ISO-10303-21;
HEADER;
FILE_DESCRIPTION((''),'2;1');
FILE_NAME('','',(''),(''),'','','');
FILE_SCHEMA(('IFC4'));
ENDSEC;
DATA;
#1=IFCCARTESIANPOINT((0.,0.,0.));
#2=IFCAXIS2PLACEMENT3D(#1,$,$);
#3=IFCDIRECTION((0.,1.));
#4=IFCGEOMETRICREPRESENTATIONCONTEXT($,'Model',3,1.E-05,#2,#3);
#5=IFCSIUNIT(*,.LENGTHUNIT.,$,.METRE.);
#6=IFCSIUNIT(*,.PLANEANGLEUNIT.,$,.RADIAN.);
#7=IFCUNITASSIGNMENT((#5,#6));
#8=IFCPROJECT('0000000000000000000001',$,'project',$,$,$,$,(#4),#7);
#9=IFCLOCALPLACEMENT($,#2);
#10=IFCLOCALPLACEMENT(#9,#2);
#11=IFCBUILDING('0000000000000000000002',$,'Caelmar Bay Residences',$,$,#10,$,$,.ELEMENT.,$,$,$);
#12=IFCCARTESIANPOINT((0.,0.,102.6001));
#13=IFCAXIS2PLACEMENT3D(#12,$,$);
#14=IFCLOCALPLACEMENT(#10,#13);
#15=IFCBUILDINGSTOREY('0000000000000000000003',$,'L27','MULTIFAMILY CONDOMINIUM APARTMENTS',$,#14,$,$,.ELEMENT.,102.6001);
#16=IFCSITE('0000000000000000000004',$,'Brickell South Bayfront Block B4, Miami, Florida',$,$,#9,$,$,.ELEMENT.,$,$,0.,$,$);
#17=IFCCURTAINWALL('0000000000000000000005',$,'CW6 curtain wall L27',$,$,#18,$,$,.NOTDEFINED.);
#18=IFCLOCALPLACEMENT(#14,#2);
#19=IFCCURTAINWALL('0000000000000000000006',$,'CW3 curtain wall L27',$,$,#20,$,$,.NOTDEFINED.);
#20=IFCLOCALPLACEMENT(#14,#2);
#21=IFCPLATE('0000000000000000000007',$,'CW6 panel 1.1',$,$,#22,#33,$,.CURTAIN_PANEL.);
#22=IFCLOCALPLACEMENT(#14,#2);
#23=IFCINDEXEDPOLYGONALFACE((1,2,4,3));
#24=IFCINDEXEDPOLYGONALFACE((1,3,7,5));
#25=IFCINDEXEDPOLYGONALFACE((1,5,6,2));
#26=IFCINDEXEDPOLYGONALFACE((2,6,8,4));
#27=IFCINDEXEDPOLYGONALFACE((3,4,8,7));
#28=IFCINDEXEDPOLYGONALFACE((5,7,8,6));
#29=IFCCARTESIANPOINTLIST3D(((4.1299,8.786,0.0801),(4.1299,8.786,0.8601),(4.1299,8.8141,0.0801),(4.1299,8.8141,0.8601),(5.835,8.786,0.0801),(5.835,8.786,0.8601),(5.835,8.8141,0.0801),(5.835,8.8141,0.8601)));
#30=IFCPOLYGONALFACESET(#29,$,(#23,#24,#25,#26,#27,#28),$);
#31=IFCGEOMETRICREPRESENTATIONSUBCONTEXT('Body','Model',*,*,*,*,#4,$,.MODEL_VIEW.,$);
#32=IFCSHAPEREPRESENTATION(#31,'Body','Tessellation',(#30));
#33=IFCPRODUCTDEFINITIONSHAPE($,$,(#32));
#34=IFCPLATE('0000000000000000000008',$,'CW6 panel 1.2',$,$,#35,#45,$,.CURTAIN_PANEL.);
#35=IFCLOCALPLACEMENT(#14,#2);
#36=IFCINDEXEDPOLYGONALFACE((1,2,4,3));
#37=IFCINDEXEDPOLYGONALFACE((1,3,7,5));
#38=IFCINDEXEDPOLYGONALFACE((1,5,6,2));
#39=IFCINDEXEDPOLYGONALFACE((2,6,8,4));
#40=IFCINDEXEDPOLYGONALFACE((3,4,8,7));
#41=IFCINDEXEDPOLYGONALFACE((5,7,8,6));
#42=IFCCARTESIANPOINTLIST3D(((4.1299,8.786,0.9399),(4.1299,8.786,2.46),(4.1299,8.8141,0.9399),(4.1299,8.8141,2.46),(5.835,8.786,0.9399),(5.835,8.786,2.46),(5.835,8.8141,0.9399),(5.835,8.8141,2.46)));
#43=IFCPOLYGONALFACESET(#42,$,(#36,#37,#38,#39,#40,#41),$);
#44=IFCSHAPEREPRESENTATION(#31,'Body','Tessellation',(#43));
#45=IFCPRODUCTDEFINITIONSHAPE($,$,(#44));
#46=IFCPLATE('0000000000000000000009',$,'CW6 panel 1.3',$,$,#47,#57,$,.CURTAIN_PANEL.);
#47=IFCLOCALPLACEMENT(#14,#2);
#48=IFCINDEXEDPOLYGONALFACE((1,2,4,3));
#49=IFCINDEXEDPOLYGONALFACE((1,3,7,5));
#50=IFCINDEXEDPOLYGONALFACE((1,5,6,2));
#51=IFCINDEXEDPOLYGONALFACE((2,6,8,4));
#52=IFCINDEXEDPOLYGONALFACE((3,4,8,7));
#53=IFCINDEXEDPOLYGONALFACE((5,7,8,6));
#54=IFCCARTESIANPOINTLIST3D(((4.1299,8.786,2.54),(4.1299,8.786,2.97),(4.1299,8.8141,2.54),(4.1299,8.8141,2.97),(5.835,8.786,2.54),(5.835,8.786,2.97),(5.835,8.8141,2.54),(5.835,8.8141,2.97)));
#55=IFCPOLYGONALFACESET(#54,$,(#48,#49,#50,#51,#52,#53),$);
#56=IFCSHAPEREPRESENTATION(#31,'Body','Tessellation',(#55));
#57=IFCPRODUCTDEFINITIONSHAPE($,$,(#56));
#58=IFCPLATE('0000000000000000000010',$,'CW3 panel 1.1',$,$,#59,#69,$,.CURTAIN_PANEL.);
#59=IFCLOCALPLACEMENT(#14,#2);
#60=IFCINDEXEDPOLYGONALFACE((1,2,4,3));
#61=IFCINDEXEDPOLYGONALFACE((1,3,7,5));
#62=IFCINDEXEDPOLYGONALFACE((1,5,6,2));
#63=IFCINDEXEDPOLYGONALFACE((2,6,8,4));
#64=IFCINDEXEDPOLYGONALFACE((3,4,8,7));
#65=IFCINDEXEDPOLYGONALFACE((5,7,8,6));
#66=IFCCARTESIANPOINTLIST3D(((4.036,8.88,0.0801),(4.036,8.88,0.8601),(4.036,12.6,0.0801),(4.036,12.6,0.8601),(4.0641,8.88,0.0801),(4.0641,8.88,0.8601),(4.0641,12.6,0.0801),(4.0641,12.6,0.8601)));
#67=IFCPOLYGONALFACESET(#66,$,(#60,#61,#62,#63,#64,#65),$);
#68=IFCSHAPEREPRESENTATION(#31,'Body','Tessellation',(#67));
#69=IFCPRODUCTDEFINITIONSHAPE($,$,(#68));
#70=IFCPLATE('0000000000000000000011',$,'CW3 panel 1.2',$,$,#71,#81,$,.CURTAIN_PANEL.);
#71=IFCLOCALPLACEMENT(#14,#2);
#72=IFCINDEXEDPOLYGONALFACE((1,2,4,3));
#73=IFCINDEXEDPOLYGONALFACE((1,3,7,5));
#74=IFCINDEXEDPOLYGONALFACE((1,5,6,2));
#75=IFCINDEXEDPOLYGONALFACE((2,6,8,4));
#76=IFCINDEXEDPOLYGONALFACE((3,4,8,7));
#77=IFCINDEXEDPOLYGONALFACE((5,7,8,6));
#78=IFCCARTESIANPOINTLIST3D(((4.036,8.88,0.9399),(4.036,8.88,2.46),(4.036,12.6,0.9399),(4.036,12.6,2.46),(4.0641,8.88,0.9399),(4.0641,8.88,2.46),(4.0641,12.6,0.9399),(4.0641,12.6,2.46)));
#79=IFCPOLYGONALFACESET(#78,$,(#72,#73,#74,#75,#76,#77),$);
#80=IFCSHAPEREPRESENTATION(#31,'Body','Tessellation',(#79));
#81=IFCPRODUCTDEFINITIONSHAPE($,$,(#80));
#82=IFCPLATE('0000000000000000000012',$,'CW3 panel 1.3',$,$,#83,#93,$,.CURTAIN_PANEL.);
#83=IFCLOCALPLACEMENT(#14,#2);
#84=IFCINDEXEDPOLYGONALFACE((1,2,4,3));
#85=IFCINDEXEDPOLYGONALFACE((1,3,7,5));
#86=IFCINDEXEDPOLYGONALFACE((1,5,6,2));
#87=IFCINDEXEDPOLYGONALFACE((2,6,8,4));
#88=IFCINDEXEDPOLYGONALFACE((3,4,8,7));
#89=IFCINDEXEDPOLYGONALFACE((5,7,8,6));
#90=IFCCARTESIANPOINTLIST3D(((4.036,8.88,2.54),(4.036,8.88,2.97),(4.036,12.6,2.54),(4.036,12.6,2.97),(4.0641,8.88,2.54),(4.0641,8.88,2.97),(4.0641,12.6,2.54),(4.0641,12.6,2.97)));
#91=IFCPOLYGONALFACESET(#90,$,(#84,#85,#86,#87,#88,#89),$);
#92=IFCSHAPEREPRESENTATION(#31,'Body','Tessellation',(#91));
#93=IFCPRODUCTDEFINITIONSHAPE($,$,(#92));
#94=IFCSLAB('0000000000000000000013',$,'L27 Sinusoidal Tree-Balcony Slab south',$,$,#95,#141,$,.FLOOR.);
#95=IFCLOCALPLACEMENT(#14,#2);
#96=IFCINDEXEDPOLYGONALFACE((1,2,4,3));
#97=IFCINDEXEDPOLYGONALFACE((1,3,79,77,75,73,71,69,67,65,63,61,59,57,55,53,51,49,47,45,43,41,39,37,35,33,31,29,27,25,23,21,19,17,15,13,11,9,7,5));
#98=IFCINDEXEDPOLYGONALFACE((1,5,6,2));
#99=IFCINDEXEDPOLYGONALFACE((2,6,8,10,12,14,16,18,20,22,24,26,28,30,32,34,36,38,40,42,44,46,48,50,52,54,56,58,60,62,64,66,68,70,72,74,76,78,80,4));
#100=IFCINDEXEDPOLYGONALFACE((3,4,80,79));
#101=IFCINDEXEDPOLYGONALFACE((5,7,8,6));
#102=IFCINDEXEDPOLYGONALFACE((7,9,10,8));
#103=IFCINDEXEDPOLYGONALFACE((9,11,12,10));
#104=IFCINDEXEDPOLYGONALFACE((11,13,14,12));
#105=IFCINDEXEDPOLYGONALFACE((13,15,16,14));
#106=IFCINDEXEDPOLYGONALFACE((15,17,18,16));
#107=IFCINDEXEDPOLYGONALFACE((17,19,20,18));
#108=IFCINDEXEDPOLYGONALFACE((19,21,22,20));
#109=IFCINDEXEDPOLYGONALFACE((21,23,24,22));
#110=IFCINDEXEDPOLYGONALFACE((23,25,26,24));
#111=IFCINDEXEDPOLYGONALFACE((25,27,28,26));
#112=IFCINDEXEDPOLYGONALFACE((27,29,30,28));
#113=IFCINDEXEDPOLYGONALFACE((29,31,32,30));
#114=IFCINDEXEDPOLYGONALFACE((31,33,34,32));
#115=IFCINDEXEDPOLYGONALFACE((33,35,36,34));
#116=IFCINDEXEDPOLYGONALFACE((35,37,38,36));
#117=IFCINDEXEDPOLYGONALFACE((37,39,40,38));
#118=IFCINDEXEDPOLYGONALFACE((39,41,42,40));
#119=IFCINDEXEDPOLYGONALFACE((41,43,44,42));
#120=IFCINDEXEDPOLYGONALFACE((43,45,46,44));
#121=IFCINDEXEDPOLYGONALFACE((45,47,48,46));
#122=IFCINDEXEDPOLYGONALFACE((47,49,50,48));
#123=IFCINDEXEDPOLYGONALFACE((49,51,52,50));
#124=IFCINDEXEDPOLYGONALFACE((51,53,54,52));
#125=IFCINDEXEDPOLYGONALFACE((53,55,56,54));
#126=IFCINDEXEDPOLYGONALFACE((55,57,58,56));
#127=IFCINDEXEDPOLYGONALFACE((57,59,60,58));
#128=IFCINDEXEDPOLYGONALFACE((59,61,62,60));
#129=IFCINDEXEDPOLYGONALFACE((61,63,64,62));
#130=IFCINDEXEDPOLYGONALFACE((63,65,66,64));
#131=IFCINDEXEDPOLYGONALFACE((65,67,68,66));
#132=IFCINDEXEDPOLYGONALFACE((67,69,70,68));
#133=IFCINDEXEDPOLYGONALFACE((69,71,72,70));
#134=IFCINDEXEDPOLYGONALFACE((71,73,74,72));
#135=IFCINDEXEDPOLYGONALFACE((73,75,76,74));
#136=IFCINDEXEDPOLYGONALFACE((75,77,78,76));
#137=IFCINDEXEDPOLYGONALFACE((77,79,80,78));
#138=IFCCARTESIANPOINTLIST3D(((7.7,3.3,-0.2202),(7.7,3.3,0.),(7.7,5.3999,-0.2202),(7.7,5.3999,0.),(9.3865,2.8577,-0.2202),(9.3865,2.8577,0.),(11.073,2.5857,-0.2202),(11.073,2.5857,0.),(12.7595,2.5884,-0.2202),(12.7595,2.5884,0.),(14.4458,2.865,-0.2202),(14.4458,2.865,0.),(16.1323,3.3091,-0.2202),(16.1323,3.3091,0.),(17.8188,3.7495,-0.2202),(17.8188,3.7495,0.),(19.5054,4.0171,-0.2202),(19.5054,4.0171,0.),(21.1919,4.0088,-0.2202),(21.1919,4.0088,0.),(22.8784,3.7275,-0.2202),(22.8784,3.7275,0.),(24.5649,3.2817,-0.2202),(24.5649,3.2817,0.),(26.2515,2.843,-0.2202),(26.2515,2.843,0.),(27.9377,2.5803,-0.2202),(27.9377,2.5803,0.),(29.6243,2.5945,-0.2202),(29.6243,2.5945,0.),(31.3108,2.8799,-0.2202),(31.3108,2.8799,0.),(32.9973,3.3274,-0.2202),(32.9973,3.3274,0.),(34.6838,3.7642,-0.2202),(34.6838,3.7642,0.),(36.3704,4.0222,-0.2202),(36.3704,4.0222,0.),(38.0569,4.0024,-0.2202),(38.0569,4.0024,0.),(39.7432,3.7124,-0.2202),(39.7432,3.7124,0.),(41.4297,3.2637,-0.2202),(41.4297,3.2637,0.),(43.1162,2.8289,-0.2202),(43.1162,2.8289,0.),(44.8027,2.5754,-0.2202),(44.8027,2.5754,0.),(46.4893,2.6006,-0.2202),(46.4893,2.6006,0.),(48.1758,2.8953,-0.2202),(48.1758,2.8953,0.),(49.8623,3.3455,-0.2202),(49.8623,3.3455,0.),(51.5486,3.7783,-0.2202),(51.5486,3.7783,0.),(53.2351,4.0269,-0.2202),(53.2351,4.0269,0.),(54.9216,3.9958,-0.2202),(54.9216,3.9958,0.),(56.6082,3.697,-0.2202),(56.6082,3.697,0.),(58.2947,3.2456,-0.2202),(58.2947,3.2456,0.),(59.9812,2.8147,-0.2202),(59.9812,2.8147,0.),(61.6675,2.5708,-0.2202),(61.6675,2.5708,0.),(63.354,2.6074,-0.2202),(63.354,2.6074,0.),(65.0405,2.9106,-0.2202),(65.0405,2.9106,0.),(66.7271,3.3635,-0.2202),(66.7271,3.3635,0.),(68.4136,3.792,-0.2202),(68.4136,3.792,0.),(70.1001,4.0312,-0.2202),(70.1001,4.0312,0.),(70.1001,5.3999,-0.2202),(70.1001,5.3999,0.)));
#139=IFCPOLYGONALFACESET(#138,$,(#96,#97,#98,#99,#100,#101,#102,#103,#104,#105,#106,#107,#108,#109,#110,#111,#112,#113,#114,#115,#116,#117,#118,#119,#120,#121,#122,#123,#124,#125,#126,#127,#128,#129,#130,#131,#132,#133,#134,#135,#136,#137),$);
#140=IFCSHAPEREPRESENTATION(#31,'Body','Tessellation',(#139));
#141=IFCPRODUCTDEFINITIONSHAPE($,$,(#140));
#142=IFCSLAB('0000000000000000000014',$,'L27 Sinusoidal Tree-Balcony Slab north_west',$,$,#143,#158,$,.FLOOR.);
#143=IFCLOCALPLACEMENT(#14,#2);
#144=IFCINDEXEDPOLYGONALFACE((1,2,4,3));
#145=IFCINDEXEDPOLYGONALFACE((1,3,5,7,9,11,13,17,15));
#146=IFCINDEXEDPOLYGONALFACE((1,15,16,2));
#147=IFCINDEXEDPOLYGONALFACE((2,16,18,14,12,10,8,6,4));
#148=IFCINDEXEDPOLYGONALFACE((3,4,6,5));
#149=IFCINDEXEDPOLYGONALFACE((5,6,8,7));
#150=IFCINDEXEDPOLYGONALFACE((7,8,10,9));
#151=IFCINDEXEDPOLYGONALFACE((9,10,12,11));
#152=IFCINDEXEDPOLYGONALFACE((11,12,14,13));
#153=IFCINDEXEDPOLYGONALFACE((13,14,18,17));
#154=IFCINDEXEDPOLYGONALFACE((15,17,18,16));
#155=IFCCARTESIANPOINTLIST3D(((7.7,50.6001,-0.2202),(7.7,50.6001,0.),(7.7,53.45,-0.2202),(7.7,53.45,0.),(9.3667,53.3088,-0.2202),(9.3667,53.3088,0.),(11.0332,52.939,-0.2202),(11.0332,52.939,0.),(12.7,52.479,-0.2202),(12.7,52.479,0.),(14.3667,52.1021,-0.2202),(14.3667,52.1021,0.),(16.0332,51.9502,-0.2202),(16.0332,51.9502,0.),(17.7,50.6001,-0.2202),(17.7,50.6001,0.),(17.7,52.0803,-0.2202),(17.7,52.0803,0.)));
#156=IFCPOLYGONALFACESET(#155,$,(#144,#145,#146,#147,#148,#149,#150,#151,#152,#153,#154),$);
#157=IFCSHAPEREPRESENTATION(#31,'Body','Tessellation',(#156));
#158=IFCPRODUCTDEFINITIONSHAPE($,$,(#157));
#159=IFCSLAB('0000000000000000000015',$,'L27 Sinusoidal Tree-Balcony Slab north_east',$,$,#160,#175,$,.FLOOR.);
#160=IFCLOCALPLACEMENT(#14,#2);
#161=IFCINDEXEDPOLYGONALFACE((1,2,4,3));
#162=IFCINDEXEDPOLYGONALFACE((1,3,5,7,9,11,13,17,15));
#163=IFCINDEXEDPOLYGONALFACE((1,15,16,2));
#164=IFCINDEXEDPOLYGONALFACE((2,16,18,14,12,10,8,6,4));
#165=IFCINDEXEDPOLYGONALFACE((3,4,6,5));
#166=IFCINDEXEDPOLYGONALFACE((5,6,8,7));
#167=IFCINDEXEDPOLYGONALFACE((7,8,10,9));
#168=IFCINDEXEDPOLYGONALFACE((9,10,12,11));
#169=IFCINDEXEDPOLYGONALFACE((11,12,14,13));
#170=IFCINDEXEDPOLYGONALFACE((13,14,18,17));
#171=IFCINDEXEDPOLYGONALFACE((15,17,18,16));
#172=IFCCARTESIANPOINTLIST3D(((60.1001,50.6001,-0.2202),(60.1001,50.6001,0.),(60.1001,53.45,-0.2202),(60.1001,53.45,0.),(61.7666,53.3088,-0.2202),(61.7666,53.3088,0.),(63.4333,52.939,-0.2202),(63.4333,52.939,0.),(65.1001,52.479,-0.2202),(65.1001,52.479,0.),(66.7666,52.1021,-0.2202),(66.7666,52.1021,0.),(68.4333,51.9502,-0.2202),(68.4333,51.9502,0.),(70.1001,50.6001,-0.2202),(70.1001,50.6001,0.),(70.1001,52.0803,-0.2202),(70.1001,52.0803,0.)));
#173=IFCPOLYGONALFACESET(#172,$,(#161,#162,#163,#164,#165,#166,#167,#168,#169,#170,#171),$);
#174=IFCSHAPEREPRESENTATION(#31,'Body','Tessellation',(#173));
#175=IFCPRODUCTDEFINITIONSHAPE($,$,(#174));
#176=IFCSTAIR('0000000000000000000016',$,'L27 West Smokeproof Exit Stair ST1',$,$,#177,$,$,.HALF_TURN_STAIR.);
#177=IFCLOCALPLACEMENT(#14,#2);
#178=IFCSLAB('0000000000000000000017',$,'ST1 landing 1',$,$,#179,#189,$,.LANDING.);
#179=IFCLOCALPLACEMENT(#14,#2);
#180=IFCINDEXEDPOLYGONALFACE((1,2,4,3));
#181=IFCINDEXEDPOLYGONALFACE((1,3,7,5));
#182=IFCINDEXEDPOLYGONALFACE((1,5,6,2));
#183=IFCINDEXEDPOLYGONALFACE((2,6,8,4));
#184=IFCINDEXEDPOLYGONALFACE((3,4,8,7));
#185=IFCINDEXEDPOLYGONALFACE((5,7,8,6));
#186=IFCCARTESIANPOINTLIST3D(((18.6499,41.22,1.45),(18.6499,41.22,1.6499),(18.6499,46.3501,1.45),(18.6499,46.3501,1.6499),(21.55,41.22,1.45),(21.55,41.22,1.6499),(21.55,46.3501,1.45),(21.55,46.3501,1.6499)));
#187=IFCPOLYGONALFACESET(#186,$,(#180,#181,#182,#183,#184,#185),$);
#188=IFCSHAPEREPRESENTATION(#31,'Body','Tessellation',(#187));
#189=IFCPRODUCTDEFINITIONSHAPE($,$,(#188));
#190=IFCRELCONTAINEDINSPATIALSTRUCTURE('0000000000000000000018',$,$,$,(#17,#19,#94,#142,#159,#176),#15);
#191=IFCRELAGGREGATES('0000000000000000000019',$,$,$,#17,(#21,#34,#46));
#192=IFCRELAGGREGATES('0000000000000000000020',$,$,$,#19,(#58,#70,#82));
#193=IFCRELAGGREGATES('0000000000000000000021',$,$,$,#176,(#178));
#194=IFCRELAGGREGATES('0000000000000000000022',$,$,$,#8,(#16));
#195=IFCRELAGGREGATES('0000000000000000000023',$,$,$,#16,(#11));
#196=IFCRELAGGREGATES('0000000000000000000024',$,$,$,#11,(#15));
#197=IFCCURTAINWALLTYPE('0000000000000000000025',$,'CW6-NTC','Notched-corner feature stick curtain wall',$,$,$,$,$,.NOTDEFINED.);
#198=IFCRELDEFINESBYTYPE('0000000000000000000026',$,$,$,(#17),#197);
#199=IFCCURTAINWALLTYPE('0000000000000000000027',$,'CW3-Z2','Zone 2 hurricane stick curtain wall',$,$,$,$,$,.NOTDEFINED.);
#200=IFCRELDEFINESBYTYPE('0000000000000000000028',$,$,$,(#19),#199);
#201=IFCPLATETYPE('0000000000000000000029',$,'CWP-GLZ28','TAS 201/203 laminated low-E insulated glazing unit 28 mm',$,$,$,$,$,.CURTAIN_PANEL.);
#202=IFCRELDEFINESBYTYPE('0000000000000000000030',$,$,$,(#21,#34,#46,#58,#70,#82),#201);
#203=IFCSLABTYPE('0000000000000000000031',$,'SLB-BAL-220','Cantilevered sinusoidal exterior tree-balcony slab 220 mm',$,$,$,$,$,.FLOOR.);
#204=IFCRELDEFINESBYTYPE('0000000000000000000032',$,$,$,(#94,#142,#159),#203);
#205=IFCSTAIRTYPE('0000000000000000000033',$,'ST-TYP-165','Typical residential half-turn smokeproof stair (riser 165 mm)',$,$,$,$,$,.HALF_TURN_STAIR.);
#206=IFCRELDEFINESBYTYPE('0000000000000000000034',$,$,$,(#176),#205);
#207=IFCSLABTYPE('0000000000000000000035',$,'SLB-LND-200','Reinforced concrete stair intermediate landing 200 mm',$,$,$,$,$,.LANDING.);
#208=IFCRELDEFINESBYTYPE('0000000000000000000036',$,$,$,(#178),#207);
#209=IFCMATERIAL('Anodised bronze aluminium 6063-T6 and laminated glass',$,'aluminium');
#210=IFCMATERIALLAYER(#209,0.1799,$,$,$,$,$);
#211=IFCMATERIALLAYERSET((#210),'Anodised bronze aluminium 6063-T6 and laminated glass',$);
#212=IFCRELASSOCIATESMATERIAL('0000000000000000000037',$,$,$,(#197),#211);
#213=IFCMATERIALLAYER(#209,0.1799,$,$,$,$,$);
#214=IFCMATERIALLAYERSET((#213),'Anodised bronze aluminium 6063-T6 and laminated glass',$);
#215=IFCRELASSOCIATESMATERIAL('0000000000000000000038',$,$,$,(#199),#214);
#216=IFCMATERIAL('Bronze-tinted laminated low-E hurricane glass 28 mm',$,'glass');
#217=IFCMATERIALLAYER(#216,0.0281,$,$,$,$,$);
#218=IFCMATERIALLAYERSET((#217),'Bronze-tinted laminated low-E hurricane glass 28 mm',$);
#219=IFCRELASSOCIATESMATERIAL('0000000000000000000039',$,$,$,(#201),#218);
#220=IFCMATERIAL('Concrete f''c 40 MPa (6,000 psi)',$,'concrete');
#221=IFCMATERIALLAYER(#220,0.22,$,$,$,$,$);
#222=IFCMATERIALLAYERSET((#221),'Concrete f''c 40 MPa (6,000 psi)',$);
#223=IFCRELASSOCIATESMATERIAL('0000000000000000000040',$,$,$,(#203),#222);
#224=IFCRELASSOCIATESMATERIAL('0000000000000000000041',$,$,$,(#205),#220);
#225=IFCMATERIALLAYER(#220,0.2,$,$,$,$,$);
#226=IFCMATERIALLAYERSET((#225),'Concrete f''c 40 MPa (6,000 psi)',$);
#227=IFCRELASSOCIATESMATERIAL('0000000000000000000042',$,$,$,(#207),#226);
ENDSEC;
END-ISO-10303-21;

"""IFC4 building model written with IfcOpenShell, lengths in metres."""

from ifc_helpers import new_model, si_unit, direction, frame, origin, origin_2d, place, context, subcontext, project, spatial, polyline, rectangle, outline, extrude, material, layer, layer_set, type_object, element, aggregate, save


model = new_model("IFC4")

# Units and contexts
model_context = context("Model", 3, precision=1e-05, world=origin(), true_north=direction((0.0, 1.0)))
body_context = subcontext(model_context, "Body", "Model", "MODEL_VIEW")
ifc_project = project(units=[si_unit("LENGTHUNIT", "METRE"), si_unit("PLANEANGLEUNIT", "RADIAN")], contexts=[model_context])

# Site, building, storey
site_placement = place(None, origin())
site = spatial("IfcSite", under=ifc_project, at=site_placement, Name="Brickell South Bayfront Block B4, Miami, Florida", CompositionType="ELEMENT", RefElevation=0.0)
building_placement = place(site_placement, origin())
building = spatial("IfcBuilding", under=site, at=building_placement, Name="Caelmar Bay Residences", CompositionType="ELEMENT")
storey_placement = place(building_placement, frame((0.0, 0.0, 102.6001)))
storey = spatial("IfcBuildingStorey", under=building, at=storey_placement, Name="L27", Description="MULTIFAMILY CONDOMINIUM APARTMENTS", CompositionType="ELEMENT", Elevation=102.6001)

# Curtain wall
ifc_material_1 = material(Name="Anodised bronze aluminium 6063-T6 and laminated glass", Category="aluminium")
ifc_layer_1 = layer(ifc_material_1, 0.1799)
ifc_layer_set_1 = layer_set([ifc_layer_1], Name="Anodised bronze aluminium 6063-T6 and laminated glass")
curtain_wall_type_1 = type_object("IfcCurtainWallType", Name="CW6-NTC", Description="Notched-corner feature stick curtain wall", PredefinedType="NOTDEFINED", material=ifc_layer_set_1)
curtain_wall_1_placement = place(storey_placement, origin())
curtain_wall_1 = element("IfcCurtainWall", 1, at=curtain_wall_1_placement, inside=storey, type_object=curtain_wall_type_1, Name="CW6 curtain wall L27", PredefinedType="NOTDEFINED")

# Curtain wall
ifc_layer_2 = layer(ifc_material_1, 0.1799)
ifc_layer_set_2 = layer_set([ifc_layer_2], Name="Anodised bronze aluminium 6063-T6 and laminated glass")
curtain_wall_type_2 = type_object("IfcCurtainWallType", Name="CW3-Z2", Description="Zone 2 hurricane stick curtain wall", PredefinedType="NOTDEFINED", material=ifc_layer_set_2)
curtain_wall_2_placement = place(storey_placement, origin())
curtain_wall_2 = element("IfcCurtainWall", 2, at=curtain_wall_2_placement, inside=storey, type_object=curtain_wall_type_2, Name="CW3 curtain wall L27", PredefinedType="NOTDEFINED")

# Plates
ifc_material_2 = material(Name="Bronze-tinted laminated low-E hurricane glass 28 mm", Category="glass")
ifc_layer_3 = layer(ifc_material_2, 0.0281)
ifc_layer_set_3 = layer_set([ifc_layer_3], Name="Bronze-tinted laminated low-E hurricane glass 28 mm")
plate_type = type_object("IfcPlateType", Name="CWP-GLZ28", Description="TAS 201/203 laminated low-E insulated glazing unit 28 mm", PredefinedType="CURTAIN_PANEL", material=ifc_layer_set_3)
plate_1_placement = place(storey_placement, frame((4.9824, 8.8, 0.0801), z_axis=(0.0, 0.0, 1.0), x_axis=(1.0, 0.0, 0.0)))
plate_1 = element("IfcPlate", 3, at=plate_1_placement, type_object=plate_type, Name="CW6 panel 1.1", PredefinedType="CURTAIN_PANEL", context=body_context, shape_type="SweptSolid", body=[
    extrude(rectangle(XDim=1.7051, YDim=0.0281, at=origin_2d()), origin(), (0.0, 0.0, 1.0), 0.78),
])
plate_2_placement = place(storey_placement, frame((4.9824, 8.8, 0.9399), z_axis=(0.0, 0.0, 1.0), x_axis=(1.0, 0.0, 0.0)))
plate_2 = element("IfcPlate", 4, at=plate_2_placement, type_object=plate_type, Name="CW6 panel 1.2", PredefinedType="CURTAIN_PANEL", context=body_context, shape_type="SweptSolid", body=[
    extrude(rectangle(XDim=1.7051, YDim=0.0281, at=origin_2d()), origin(), (0.0, 0.0, 1.0), 1.52),
])
plate_3_placement = place(storey_placement, frame((4.9824, 8.8, 2.54), z_axis=(0.0, 0.0, 1.0), x_axis=(1.0, 0.0, 0.0)))
plate_3 = element("IfcPlate", 5, at=plate_3_placement, type_object=plate_type, Name="CW6 panel 1.3", PredefinedType="CURTAIN_PANEL", context=body_context, shape_type="SweptSolid", body=[
    extrude(rectangle(XDim=1.7051, YDim=0.0281, at=origin_2d()), origin(), (0.0, 0.0, 1.0), 0.4299),
])
aggregate(curtain_wall_1, [plate_1, plate_2, plate_3])
plate_4_placement = place(storey_placement, frame((4.05, 10.74, 0.0801), z_axis=(0.0, 0.0, 1.0), x_axis=(0.0, 1.0, 0.0)))
plate_4 = element("IfcPlate", 6, at=plate_4_placement, type_object=plate_type, Name="CW3 panel 1.1", PredefinedType="CURTAIN_PANEL", context=body_context, shape_type="SweptSolid", body=[
    extrude(rectangle(XDim=3.72, YDim=0.0281, at=origin_2d()), origin(), (0.0, 0.0, 1.0), 0.78),
])
plate_5_placement = place(storey_placement, frame((4.05, 10.74, 0.9399), z_axis=(0.0, 0.0, 1.0), x_axis=(0.0, 1.0, 0.0)))
plate_5 = element("IfcPlate", 7, at=plate_5_placement, type_object=plate_type, Name="CW3 panel 1.2", PredefinedType="CURTAIN_PANEL", context=body_context, shape_type="SweptSolid", body=[
    extrude(rectangle(XDim=3.72, YDim=0.0281, at=origin_2d()), origin(), (0.0, 0.0, 1.0), 1.52),
])
plate_6_placement = place(storey_placement, frame((4.05, 10.74, 2.54), z_axis=(0.0, 0.0, 1.0), x_axis=(0.0, 1.0, 0.0)))
plate_6 = element("IfcPlate", 8, at=plate_6_placement, type_object=plate_type, Name="CW3 panel 1.3", PredefinedType="CURTAIN_PANEL", context=body_context, shape_type="SweptSolid", body=[
    extrude(rectangle(XDim=3.72, YDim=0.0281, at=origin_2d()), origin(), (0.0, 0.0, 1.0), 0.4299),
])
aggregate(curtain_wall_2, [plate_4, plate_5, plate_6])

# Slabs
ifc_material_3 = material(Name="Concrete f'c 40 MPa (6,000 psi)", Category="concrete")
ifc_layer_4 = layer(ifc_material_3, 0.22)
ifc_layer_set_4 = layer_set([ifc_layer_4], Name="Concrete f'c 40 MPa (6,000 psi)")
slab_type_1 = type_object("IfcSlabType", Name="SLB-BAL-220", Description="Cantilevered sinusoidal exterior tree-balcony slab 220 mm", PredefinedType="FLOOR", material=ifc_layer_set_4)
slab_1_placement = place(storey_placement, frame((0.0, 0.0, -0.2202)))
element("IfcSlab", 9, at=slab_1_placement, inside=storey, type_object=slab_type_1, Name="L27 Sinusoidal Tree-Balcony Slab south", PredefinedType="FLOOR", context=body_context, shape_type="SweptSolid", body=[
    extrude(outline(polyline([(7.7, 3.3), (9.3865, 2.8577), (11.073, 2.5857), (12.7595, 2.5884), (14.4458, 2.865), (16.1323, 3.3091), (17.8188, 3.7495), (19.5054, 4.0171), (21.1919, 4.0088), (22.8784, 3.7275), (24.5649, 3.2817), (26.2515, 2.843), (27.9377, 2.5803), (29.6243, 2.5945), (31.3108, 2.8799), (32.9973, 3.3274), (34.6838, 3.7642), (36.3704, 4.0222), (38.0569, 4.0024), (39.7432, 3.7124), (41.4297, 3.2637), (43.1162, 2.8289), (44.8027, 2.5754), (46.4893, 2.6006), (48.1758, 2.8953), (49.8623, 3.3455), (51.5486, 3.7783), (53.2351, 4.0269), (54.9216, 3.9958), (56.6082, 3.697), (58.2947, 3.2456), (59.9812, 2.8147), (61.6675, 2.5708), (63.354, 2.6074), (65.0405, 2.9106), (66.7271, 3.3635), (68.4136, 3.792), (70.1001, 4.0312), (70.1001, 5.3999), (7.7, 5.3999), (7.7, 3.3)])), origin(), (0.0, 0.0, 1.0), 0.2202),
])
slab_2_placement = place(storey_placement, frame((0.0, 0.0, -0.2202)))
element("IfcSlab", 10, at=slab_2_placement, inside=storey, type_object=slab_type_1, Name="L27 Sinusoidal Tree-Balcony Slab north_west", PredefinedType="FLOOR", context=body_context, shape_type="SweptSolid", body=[
    extrude(outline(polyline([(7.7, 50.6001), (17.7, 50.6001), (17.7, 52.0803), (16.0332, 51.9502), (14.3667, 52.1021), (12.7, 52.479), (11.0332, 52.939), (9.3667, 53.3088), (7.7, 53.45), (7.7, 50.6001)])), origin(), (0.0, 0.0, 1.0), 0.2202),
])
slab_3_placement = place(storey_placement, frame((0.0, 0.0, -0.2202)))
element("IfcSlab", 11, at=slab_3_placement, inside=storey, type_object=slab_type_1, Name="L27 Sinusoidal Tree-Balcony Slab north_east", PredefinedType="FLOOR", context=body_context, shape_type="SweptSolid", body=[
    extrude(outline(polyline([(60.1001, 50.6001), (70.1001, 50.6001), (70.1001, 52.0803), (68.4333, 51.9502), (66.7666, 52.1021), (65.1001, 52.479), (63.4333, 52.939), (61.7666, 53.3088), (60.1001, 53.45), (60.1001, 50.6001)])), origin(), (0.0, 0.0, 1.0), 0.2202),
])

# Stair, slab
stair_type = type_object("IfcStairType", Name="ST-TYP-165", Description="Typical residential half-turn smokeproof stair (riser 165 mm)", PredefinedType="HALF_TURN_STAIR", material=ifc_material_3)
stair_1_placement = place(storey_placement, origin())
stair_1 = element("IfcStair", 12, at=stair_1_placement, inside=storey, type_object=stair_type, Name="L27 West Smokeproof Exit Stair ST1", PredefinedType="HALF_TURN_STAIR")
ifc_layer_5 = layer(ifc_material_3, 0.2)
ifc_layer_set_5 = layer_set([ifc_layer_5], Name="Concrete f'c 40 MPa (6,000 psi)")
slab_type_2 = type_object("IfcSlabType", Name="SLB-LND-200", Description="Reinforced concrete stair intermediate landing 200 mm", PredefinedType="LANDING", material=ifc_layer_set_5)
slab_4_placement = place(storey_placement, frame((0.0, 0.0, 1.45)))
slab_4 = element("IfcSlab", 13, at=slab_4_placement, type_object=slab_type_2, Name="ST1 landing 1", PredefinedType="LANDING", context=body_context, shape_type="SweptSolid", body=[
    extrude(outline(polyline([(21.55, 41.22), (21.55, 46.3501), (18.6499, 46.3501), (18.6499, 41.22), (21.55, 41.22)])), origin(), (0.0, 0.0, 1.0), 0.2),
])
aggregate(stair_1, [slab_4])

save(model, "model.ifc")
